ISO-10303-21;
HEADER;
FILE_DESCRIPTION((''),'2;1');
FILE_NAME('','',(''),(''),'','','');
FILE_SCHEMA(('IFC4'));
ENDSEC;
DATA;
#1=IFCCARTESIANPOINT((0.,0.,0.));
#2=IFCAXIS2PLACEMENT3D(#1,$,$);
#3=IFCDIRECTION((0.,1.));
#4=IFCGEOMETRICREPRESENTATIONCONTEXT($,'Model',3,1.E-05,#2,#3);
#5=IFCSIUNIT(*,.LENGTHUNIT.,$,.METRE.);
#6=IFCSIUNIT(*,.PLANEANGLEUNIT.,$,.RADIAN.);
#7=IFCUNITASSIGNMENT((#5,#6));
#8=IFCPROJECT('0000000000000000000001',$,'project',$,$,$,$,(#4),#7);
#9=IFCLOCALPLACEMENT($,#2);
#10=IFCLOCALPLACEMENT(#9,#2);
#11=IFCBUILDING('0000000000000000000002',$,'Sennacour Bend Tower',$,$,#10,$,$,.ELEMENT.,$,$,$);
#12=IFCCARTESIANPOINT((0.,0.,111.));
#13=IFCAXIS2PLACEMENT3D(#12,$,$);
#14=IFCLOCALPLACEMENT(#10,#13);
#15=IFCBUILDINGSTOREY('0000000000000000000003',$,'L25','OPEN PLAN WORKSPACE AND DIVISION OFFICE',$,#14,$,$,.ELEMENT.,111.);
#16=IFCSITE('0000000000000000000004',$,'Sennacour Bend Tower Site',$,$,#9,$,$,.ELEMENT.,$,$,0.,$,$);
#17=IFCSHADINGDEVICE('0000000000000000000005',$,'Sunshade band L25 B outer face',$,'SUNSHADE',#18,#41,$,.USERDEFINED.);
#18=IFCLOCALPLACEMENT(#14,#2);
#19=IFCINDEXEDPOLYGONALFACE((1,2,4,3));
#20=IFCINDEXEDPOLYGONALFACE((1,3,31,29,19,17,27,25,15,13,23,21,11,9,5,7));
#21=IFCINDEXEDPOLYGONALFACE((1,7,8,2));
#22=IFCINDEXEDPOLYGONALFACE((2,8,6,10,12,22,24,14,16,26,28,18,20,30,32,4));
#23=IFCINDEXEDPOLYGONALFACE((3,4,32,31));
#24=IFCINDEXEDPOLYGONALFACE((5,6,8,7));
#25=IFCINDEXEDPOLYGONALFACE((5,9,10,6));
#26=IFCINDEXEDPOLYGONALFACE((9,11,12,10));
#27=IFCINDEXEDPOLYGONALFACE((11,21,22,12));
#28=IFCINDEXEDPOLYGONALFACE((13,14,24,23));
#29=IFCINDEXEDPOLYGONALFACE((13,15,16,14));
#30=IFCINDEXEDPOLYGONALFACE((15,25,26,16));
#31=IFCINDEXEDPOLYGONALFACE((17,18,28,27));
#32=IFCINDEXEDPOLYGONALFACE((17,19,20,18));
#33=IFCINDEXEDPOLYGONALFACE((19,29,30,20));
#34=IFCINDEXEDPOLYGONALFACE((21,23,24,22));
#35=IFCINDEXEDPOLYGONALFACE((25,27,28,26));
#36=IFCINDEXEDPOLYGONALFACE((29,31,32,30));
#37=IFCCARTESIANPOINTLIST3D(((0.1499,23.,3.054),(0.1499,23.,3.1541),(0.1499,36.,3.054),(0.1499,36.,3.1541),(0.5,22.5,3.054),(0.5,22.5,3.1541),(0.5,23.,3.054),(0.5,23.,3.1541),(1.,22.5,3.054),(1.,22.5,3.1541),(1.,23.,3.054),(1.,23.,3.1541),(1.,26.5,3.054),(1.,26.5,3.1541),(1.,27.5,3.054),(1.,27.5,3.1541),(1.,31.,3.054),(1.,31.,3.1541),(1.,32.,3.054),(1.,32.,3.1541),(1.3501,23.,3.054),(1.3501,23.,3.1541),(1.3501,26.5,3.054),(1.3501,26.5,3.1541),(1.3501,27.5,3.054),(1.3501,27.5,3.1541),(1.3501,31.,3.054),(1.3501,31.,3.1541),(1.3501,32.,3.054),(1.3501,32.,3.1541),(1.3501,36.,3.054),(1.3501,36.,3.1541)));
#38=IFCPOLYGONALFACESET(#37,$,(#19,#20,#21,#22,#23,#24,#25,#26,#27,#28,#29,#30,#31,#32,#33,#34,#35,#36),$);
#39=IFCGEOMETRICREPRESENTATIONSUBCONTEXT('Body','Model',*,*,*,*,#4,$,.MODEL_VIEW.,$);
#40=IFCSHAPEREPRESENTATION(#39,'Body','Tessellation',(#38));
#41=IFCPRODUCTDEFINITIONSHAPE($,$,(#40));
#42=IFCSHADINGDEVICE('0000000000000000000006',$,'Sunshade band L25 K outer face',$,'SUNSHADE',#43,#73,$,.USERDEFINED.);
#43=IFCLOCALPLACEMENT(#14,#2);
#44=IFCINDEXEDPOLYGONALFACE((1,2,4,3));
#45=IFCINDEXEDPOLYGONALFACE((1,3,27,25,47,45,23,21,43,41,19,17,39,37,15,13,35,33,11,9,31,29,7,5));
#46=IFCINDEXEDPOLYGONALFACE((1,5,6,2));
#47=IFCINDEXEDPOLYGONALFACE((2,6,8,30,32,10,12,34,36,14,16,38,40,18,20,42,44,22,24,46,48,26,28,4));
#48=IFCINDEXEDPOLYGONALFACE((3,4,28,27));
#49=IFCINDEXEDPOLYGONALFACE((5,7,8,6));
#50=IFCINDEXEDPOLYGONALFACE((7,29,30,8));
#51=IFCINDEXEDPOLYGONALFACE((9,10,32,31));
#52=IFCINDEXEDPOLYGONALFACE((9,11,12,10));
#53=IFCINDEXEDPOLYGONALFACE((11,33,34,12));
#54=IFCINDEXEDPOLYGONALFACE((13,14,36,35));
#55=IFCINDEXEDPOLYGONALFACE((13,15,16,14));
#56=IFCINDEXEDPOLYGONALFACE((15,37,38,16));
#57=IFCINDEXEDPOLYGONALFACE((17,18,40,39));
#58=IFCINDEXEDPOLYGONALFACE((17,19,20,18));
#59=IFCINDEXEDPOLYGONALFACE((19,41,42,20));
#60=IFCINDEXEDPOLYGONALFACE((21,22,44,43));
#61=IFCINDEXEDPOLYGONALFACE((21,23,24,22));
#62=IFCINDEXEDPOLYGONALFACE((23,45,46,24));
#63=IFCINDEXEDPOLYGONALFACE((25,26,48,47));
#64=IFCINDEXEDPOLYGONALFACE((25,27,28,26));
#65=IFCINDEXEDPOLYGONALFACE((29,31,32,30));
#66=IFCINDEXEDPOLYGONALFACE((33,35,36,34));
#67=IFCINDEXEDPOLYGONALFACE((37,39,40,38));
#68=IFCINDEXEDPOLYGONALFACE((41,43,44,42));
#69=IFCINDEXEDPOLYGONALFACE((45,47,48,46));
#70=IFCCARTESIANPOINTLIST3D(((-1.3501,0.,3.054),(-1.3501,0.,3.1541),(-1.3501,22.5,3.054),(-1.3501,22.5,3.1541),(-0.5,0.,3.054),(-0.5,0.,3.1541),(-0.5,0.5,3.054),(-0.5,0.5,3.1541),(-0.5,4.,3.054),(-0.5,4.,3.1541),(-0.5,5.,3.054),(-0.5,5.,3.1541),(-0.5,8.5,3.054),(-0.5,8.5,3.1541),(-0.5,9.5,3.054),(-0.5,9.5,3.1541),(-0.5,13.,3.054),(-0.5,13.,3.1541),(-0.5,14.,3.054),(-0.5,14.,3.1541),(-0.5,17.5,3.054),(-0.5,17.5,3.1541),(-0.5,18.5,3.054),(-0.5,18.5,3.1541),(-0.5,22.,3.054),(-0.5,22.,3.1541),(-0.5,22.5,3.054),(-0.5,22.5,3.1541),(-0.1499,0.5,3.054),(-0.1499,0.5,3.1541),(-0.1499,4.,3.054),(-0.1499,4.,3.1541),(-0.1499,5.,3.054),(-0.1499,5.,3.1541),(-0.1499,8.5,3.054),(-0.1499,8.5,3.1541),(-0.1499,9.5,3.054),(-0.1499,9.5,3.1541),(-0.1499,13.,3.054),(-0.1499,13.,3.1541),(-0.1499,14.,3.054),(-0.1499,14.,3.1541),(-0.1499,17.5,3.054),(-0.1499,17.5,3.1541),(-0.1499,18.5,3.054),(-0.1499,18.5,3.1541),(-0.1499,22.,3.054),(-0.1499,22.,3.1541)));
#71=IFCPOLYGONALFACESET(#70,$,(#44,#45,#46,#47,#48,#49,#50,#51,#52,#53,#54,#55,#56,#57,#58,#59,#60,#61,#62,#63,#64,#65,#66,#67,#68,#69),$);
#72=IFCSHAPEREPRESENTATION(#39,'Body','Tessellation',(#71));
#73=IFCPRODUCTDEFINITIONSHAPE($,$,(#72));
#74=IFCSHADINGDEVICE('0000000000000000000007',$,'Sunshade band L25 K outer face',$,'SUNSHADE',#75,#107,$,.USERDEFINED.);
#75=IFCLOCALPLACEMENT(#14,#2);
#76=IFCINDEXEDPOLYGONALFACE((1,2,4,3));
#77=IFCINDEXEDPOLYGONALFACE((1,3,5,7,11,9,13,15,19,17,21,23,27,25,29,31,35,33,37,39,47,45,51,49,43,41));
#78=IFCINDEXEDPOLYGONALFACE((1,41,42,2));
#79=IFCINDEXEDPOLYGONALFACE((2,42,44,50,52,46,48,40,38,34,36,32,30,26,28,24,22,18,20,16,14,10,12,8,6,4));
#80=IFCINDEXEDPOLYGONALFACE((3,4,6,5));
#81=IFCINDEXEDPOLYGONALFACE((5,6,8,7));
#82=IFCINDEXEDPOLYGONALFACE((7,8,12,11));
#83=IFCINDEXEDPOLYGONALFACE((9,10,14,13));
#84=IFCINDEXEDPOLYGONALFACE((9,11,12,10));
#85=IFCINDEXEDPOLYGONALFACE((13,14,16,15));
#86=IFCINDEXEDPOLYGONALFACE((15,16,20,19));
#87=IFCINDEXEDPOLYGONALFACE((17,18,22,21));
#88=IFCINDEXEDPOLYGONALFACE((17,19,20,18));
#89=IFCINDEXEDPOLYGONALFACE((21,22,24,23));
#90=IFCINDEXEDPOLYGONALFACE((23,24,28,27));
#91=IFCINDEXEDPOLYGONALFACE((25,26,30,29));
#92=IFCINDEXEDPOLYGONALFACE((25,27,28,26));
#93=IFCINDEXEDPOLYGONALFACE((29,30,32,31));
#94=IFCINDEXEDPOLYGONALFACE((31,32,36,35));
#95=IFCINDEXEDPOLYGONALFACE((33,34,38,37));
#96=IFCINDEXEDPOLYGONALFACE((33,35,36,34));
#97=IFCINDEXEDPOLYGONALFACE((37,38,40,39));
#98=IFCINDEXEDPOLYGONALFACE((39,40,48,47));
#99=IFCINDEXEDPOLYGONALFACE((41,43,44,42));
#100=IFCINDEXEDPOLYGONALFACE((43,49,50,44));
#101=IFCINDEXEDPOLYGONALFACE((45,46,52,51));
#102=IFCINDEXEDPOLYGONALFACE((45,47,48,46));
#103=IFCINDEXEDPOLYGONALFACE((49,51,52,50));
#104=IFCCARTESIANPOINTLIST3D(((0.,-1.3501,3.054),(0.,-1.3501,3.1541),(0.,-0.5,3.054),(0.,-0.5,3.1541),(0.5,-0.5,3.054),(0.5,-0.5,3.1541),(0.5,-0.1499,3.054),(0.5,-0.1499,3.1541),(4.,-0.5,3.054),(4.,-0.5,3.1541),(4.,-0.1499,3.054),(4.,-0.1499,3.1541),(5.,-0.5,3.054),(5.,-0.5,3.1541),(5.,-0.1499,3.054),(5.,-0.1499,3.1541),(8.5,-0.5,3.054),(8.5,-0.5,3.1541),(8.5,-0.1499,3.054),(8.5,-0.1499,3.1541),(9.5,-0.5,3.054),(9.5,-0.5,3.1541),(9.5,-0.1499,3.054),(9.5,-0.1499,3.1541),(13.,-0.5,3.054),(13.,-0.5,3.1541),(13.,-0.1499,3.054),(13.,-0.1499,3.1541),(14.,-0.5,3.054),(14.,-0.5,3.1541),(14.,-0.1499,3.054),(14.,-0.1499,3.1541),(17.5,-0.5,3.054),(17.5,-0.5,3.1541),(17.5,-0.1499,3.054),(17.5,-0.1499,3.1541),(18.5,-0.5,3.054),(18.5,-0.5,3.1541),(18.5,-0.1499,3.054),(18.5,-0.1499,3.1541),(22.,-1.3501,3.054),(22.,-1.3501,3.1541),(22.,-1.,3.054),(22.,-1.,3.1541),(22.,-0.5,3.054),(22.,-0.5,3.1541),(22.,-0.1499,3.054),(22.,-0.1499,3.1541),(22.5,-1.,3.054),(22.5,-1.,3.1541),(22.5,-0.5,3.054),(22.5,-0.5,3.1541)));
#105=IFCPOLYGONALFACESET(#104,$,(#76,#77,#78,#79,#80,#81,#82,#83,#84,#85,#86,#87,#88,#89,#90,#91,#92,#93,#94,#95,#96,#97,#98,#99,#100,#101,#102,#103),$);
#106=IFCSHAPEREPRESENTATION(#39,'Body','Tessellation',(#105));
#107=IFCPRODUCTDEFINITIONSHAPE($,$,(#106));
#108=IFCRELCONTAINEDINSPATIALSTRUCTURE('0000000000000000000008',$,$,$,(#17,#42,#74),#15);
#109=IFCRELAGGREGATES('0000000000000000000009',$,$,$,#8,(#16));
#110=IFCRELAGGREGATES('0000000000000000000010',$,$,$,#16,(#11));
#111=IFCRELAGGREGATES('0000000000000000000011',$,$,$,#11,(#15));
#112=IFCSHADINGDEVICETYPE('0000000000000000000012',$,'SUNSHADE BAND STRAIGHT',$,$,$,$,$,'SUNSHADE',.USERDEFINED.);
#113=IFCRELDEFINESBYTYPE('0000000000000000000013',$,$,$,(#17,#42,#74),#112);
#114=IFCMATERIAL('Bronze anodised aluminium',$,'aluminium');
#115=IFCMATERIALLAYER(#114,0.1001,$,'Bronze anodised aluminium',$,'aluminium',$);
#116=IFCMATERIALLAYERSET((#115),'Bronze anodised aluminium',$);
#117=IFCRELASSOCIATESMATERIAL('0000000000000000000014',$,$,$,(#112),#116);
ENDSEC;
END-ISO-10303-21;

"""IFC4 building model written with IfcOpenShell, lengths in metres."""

from ifc_helpers import new_model, si_unit, direction, frame, origin, place, context, subcontext, project, spatial, polyline, outline, extrude, material, layer, layer_set, type_object, element, save


model = new_model("IFC4")

# Units and contexts
model_context = context("Model", 3, precision=1e-05, world=origin(), true_north=direction((0.0, 1.0)))
body_context = subcontext(model_context, "Body", "Model", "MODEL_VIEW")
ifc_project = project(units=[si_unit("LENGTHUNIT", "METRE"), si_unit("PLANEANGLEUNIT", "RADIAN")], contexts=[model_context])

# Site, building, storey
site_placement = place(None, origin())
site = spatial("IfcSite", under=ifc_project, at=site_placement, Name="Sennacour Bend Tower Site", CompositionType="ELEMENT", RefElevation=0.0)
building_placement = place(site_placement, origin())
building = spatial("IfcBuilding", under=site, at=building_placement, Name="Sennacour Bend Tower", CompositionType="ELEMENT")
storey_placement = place(building_placement, frame((0.0, 0.0, 111.0)))
storey = spatial("IfcBuildingStorey", under=building, at=storey_placement, Name="L25", Description="OPEN PLAN WORKSPACE AND DIVISION OFFICE", CompositionType="ELEMENT", Elevation=111.0)

# Shading devices
ifc_material_1 = material(Name="Bronze anodised aluminium", Category="aluminium")
ifc_layer_1 = layer(ifc_material_1, 0.1001, Name="Bronze anodised aluminium", Category="aluminium")
ifc_layer_set_1 = layer_set([ifc_layer_1], Name="Bronze anodised aluminium")
shading_device_type_1 = type_object("IfcShadingDeviceType", Name="SUNSHADE BAND STRAIGHT", ElementType="SUNSHADE", PredefinedType="USERDEFINED", material=ifc_layer_set_1)
shading_device_1_placement = place(storey_placement, frame((0.0, 0.0, 3.054)))
element("IfcShadingDevice", 1, at=shading_device_1_placement, inside=storey, type_object=shading_device_type_1, Name="Sunshade band L25 B outer face", ObjectType="SUNSHADE", PredefinedType="USERDEFINED", context=body_context, shape_type="SweptSolid", body=[
    extrude(outline(polyline([(1.3501, 32.0), (1.0, 32.0), (1.0, 31.0), (1.3501, 31.0), (1.3501, 27.5), (1.0, 27.5), (1.0, 26.5), (1.3501, 26.5), (1.3501, 23.0), (1.0, 23.0), (1.0, 22.5), (0.5, 22.5), (0.5, 23.0), (0.1499, 23.0), (0.1499, 36.0), (1.3501, 36.0), (1.3501, 32.0)])), origin(), (0.0, 0.0, 1.0), 0.1001),
])
shading_device_2_placement = place(storey_placement, frame((0.0, 0.0, 3.054)))
element("IfcShadingDevice", 2, at=shading_device_2_placement, inside=storey, type_object=shading_device_type_1, Name="Sunshade band L25 K outer face", ObjectType="SUNSHADE", PredefinedType="USERDEFINED", context=body_context, shape_type="SweptSolid", body=[
    extrude(outline(polyline([(-0.1499, 18.5), (-0.5, 18.5), (-0.5, 17.5), (-0.1499, 17.5), (-0.1499, 14.0), (-0.5, 14.0), (-0.5, 13.0), (-0.1499, 13.0), (-0.1499, 9.5), (-0.5, 9.5), (-0.5, 8.5), (-0.1499, 8.5), (-0.1499, 5.0), (-0.5, 5.0), (-0.5, 4.0), (-0.1499, 4.0), (-0.1499, 0.5), (-0.5, 0.5), (-0.5, 0.0), (-1.3501, 0.0), (-1.3501, 22.5), (-0.5, 22.5), (-0.5, 22.0), (-0.1499, 22.0), (-0.1499, 18.5)])), origin(), (0.0, 0.0, 1.0), 0.1001),
])
shading_device_3_placement = place(storey_placement, frame((0.0, 0.0, 3.054)))
element("IfcShadingDevice", 3, at=shading_device_3_placement, inside=storey, type_object=shading_device_type_1, Name="Sunshade band L25 K outer face", ObjectType="SUNSHADE", PredefinedType="USERDEFINED", context=body_context, shape_type="SweptSolid", body=[
    extrude(outline(polyline([(4.0, -0.1499), (4.0, -0.5), (5.0, -0.5), (5.0, -0.1499), (8.5, -0.1499), (8.5, -0.5), (9.5, -0.5), (9.5, -0.1499), (13.0, -0.1499), (13.0, -0.5), (14.0, -0.5), (14.0, -0.1499), (17.5, -0.1499), (17.5, -0.5), (18.5, -0.5), (18.5, -0.1499), (22.0, -0.1499), (22.0, -0.5), (22.5, -0.5), (22.5, -1.0), (22.0, -1.0), (22.0, -1.3501), (0.0, -1.3501), (0.0, -0.5), (0.5, -0.5), (0.5, -0.1499), (4.0, -0.1499)])), origin(), (0.0, 0.0, 1.0), 0.1001),
])

save(model, "model.ifc")
